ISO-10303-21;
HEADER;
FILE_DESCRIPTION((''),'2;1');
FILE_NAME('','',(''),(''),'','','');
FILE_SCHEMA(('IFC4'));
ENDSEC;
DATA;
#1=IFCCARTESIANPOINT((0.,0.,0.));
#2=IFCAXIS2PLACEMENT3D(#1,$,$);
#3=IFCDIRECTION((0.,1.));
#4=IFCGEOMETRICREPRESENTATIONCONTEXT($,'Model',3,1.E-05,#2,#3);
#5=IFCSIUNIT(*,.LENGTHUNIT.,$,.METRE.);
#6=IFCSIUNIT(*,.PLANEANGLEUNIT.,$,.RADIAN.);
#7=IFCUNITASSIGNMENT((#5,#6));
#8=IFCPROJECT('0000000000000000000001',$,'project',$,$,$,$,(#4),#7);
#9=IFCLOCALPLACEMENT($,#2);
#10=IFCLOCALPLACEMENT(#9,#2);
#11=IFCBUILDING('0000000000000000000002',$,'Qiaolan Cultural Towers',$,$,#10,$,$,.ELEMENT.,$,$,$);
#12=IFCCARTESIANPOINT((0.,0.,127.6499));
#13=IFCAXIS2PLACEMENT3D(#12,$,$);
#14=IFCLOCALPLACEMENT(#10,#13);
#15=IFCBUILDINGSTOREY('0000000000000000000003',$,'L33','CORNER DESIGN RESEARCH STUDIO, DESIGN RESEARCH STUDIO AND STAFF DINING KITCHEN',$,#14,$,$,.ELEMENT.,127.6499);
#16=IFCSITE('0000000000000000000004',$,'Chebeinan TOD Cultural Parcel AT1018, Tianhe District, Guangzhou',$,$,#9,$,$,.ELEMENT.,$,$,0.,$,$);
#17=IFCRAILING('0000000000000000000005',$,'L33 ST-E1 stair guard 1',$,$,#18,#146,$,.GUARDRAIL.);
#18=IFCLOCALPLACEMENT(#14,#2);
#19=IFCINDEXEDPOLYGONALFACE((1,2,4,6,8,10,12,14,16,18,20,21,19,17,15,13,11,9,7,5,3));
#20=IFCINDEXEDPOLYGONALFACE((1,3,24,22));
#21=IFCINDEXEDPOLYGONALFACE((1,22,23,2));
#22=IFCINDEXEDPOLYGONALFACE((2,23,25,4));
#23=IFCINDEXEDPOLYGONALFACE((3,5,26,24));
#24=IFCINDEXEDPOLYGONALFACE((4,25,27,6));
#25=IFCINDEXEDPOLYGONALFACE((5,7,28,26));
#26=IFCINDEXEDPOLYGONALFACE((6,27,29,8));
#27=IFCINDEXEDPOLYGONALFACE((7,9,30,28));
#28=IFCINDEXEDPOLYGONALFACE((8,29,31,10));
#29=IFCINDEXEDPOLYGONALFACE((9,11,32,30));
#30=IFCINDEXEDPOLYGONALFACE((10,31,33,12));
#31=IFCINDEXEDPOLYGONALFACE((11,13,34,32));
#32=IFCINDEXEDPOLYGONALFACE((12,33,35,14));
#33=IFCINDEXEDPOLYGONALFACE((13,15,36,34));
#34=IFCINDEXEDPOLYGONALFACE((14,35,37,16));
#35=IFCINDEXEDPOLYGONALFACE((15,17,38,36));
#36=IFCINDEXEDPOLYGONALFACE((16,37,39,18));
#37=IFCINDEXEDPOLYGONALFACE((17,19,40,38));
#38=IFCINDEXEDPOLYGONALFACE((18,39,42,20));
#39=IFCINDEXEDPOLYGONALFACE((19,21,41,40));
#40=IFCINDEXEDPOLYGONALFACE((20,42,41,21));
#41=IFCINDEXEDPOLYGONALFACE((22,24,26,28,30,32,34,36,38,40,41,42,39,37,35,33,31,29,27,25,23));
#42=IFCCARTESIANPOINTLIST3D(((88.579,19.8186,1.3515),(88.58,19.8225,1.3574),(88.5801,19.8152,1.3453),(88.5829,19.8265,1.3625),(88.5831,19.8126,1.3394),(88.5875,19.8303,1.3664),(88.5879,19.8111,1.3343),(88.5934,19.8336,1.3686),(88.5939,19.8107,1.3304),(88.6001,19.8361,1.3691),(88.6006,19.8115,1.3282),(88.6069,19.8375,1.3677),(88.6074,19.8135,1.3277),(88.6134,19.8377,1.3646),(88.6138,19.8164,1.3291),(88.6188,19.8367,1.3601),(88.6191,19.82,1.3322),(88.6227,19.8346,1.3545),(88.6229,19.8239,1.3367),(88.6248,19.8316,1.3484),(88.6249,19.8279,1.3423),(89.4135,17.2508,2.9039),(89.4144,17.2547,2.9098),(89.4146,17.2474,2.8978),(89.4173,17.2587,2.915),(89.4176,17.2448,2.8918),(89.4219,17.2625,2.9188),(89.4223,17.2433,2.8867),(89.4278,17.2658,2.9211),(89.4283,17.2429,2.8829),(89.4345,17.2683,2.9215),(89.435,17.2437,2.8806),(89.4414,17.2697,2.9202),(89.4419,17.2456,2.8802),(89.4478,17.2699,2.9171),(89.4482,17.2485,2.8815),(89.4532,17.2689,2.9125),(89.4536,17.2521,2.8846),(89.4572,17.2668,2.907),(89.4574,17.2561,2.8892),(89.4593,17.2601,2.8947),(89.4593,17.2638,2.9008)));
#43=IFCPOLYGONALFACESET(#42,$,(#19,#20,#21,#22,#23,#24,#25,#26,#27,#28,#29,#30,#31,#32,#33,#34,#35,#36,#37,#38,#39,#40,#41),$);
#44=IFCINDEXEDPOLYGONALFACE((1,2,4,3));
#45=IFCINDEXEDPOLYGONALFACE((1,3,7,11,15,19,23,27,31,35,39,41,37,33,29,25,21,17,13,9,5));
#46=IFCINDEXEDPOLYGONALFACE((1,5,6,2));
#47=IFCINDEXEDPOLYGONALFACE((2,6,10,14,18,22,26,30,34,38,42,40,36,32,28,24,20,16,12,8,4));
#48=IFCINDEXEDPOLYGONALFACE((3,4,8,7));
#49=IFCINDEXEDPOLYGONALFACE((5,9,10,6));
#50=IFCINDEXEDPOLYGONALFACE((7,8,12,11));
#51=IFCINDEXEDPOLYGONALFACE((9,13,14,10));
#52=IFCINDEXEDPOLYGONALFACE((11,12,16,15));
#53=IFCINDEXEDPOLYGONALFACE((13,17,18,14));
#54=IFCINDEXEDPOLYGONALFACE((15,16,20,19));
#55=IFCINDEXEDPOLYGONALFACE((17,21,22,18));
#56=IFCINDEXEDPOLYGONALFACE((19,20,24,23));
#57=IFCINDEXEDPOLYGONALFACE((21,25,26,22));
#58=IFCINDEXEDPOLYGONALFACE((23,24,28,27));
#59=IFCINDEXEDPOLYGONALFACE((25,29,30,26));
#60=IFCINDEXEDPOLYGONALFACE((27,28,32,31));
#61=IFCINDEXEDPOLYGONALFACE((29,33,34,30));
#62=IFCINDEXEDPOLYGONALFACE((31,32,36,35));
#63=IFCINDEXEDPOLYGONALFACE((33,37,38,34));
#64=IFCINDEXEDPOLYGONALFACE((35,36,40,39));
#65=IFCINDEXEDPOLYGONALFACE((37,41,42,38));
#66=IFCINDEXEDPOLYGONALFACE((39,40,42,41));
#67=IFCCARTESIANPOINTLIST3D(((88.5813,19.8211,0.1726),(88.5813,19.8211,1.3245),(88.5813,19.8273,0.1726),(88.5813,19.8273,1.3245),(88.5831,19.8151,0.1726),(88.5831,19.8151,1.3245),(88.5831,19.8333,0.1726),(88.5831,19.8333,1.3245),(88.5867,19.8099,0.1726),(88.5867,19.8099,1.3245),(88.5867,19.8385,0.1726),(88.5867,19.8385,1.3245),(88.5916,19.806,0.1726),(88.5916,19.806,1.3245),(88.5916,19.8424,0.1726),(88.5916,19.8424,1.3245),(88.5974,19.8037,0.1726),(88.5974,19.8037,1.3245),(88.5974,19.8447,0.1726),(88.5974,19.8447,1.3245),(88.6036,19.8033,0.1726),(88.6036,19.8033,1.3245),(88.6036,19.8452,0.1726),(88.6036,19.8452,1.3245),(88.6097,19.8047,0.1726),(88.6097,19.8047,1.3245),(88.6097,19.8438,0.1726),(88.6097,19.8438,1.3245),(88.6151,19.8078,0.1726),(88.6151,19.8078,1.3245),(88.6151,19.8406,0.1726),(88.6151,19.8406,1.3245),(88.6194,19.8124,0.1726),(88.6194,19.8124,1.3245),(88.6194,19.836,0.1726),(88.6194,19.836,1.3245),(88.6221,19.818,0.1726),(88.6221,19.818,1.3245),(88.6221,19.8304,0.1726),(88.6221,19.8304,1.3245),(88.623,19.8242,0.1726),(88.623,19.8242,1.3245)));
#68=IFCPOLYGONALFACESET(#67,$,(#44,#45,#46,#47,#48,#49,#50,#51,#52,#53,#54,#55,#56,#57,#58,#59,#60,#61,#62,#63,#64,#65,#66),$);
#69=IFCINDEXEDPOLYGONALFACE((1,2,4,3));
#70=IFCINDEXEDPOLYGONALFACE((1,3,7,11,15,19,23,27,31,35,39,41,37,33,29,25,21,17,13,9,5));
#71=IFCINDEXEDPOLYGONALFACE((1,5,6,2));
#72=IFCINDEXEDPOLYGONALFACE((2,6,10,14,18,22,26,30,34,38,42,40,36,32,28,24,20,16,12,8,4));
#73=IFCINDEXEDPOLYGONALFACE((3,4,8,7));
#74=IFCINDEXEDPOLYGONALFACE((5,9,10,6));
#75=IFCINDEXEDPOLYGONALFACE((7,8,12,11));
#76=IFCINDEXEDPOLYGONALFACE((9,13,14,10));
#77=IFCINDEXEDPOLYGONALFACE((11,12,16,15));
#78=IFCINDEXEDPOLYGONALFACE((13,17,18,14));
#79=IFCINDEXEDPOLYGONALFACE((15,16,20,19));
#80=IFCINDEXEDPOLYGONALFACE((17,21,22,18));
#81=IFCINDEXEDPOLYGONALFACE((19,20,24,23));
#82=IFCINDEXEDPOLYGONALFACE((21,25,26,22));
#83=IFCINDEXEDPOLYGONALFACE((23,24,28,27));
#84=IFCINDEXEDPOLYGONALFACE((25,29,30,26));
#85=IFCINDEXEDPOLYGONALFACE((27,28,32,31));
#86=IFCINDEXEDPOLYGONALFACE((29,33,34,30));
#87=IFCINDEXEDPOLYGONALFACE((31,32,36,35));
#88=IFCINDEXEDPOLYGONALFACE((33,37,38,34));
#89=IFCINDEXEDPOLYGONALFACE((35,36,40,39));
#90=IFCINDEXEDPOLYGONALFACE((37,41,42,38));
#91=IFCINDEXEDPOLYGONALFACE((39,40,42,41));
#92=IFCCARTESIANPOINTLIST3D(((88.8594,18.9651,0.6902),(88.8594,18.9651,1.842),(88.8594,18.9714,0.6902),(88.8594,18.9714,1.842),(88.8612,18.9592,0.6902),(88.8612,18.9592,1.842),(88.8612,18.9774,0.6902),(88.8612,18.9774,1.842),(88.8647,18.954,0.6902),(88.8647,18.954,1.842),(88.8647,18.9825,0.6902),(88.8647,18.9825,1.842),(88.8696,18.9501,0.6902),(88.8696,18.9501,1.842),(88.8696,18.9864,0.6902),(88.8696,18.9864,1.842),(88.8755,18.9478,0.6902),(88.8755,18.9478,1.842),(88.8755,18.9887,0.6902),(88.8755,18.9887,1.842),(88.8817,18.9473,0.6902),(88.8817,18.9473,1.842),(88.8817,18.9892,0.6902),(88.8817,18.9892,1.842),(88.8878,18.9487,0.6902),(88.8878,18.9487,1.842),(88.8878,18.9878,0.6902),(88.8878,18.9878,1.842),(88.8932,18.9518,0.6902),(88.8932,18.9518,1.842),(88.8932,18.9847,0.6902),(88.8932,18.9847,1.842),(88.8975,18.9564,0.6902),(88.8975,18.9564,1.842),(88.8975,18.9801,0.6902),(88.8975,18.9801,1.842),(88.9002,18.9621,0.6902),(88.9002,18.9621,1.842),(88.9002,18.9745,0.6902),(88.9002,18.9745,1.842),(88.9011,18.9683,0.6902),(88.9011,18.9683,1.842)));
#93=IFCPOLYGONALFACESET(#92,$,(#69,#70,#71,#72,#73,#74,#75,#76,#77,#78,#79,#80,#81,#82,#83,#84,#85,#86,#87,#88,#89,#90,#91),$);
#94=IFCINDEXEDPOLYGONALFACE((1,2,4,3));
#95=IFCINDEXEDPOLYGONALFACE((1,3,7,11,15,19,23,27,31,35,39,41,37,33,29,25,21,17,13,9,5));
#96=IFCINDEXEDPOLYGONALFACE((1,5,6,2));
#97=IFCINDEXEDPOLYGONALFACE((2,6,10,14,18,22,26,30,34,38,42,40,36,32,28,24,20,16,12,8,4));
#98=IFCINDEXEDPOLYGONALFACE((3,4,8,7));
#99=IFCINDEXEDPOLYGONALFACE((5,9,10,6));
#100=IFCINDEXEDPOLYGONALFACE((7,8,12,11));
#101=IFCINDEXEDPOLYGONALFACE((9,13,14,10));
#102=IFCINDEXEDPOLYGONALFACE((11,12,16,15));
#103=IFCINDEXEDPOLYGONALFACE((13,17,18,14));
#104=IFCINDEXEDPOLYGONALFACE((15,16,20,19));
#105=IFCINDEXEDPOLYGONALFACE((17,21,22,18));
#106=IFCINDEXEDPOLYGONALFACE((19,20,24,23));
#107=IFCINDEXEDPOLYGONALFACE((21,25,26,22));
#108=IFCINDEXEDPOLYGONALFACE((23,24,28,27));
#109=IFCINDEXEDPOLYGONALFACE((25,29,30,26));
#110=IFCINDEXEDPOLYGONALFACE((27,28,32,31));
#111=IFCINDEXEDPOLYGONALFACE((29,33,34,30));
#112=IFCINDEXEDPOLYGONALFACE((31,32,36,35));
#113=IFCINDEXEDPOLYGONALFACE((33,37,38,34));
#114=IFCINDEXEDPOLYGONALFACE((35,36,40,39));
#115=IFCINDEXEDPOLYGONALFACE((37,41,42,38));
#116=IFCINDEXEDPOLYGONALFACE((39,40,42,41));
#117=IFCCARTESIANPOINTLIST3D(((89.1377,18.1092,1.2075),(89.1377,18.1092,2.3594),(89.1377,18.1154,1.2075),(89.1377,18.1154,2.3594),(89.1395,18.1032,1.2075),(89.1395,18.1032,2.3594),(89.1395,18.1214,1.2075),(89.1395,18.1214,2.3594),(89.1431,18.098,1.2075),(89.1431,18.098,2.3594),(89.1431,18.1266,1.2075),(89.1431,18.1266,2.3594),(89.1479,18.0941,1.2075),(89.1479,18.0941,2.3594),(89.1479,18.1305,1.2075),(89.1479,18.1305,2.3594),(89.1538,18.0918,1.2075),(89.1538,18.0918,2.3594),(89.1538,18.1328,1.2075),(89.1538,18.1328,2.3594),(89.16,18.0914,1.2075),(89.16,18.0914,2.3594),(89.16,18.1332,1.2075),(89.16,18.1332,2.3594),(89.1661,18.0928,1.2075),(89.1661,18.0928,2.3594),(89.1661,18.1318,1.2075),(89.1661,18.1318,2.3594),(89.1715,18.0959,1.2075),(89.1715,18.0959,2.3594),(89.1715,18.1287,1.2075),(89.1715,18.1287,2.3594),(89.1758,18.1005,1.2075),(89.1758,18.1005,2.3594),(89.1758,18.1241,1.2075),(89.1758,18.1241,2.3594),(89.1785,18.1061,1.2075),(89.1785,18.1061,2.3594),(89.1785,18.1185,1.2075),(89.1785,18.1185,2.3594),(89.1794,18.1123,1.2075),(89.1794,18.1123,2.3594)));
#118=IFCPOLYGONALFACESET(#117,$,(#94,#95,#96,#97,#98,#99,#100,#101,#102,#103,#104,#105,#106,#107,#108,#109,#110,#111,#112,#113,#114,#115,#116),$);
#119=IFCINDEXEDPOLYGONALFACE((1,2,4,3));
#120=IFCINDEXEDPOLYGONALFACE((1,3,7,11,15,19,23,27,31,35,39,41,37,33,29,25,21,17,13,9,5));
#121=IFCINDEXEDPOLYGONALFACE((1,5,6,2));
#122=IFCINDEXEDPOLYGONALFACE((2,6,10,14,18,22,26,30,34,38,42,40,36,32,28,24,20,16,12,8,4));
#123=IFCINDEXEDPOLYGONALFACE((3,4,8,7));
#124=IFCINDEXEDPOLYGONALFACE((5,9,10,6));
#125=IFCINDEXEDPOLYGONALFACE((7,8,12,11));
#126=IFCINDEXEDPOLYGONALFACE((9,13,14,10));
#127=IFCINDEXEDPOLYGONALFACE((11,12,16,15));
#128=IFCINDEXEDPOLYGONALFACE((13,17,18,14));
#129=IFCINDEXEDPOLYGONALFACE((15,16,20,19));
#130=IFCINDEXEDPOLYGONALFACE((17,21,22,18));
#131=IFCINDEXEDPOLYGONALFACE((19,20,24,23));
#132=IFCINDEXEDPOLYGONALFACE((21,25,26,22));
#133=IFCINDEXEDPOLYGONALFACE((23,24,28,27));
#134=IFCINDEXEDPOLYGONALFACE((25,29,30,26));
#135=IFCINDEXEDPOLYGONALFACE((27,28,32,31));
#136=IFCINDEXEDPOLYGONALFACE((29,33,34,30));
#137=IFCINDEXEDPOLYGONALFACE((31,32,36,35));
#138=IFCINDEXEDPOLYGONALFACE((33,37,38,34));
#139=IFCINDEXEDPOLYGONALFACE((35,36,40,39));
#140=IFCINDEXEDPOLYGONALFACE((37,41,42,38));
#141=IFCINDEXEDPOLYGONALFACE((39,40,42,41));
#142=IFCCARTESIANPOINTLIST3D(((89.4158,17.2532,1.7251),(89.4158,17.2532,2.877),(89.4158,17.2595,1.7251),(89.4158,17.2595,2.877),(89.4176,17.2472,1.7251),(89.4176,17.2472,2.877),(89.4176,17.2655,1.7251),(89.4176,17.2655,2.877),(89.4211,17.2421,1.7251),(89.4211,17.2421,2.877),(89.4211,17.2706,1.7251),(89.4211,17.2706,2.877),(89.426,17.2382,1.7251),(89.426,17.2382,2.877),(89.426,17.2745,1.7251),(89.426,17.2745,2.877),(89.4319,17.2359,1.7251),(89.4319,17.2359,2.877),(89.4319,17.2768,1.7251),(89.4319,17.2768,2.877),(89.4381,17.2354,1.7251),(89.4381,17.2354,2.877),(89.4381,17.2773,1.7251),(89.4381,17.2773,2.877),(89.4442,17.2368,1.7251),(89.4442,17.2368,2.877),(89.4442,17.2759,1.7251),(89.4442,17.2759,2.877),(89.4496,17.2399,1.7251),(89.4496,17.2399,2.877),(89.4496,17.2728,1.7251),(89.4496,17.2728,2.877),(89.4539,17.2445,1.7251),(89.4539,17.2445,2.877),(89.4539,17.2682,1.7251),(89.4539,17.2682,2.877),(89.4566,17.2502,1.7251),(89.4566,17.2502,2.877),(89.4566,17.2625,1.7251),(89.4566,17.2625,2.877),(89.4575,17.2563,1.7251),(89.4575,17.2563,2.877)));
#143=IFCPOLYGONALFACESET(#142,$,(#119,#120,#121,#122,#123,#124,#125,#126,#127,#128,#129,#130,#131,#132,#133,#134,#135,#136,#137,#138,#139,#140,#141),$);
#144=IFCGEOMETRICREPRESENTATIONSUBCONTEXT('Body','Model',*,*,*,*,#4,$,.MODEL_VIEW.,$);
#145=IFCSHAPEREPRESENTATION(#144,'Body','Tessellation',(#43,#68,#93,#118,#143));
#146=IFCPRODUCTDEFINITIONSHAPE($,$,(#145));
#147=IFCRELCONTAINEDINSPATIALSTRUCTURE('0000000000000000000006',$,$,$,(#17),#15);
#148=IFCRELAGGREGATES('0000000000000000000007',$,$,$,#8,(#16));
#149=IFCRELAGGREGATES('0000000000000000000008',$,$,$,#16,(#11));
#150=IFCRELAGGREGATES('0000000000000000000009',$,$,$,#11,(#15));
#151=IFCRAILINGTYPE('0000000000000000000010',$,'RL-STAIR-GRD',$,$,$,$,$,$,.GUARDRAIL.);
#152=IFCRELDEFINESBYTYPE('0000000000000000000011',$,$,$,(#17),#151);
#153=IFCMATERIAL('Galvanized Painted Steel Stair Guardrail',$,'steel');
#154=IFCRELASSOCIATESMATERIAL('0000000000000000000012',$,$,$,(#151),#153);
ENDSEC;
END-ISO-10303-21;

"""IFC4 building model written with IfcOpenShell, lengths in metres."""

from ifc_helpers import new_model, si_unit, direction, frame, origin, origin_2d, place, context, subcontext, project, spatial, circle, extrude, material, type_object, element, save


model = new_model("IFC4")

# Units and contexts
model_context = context("Model", 3, precision=1e-05, world=origin(), true_north=direction((0.0, 1.0)))
body_context = subcontext(model_context, "Body", "Model", "MODEL_VIEW")
ifc_project = project(units=[si_unit("LENGTHUNIT", "METRE"), si_unit("PLANEANGLEUNIT", "RADIAN")], contexts=[model_context])

# Site, building, storey
site_placement = place(None, origin())
site = spatial("IfcSite", under=ifc_project, at=site_placement, Name="Chebeinan TOD Cultural Parcel AT1018, Tianhe District, Guangzhou", CompositionType="ELEMENT", RefElevation=0.0)
building_placement = place(site_placement, origin())
building = spatial("IfcBuilding", under=site, at=building_placement, Name="Qiaolan Cultural Towers", CompositionType="ELEMENT")
storey_placement = place(building_placement, frame((0.0, 0.0, 127.6499)))
storey = spatial("IfcBuildingStorey", under=building, at=storey_placement, Name="L33", Description="CORNER DESIGN RESEARCH STUDIO, DESIGN RESEARCH STUDIO AND STAFF DINING KITCHEN", CompositionType="ELEMENT", Elevation=127.6499)

# Railing
ifc_material_1 = material(Name="Galvanized Painted Steel Stair Guardrail", Category="steel")
railing_type_1 = type_object("IfcRailingType", Name="RL-STAIR-GRD", PredefinedType="GUARDRAIL", material=ifc_material_1)
railing_1_placement = place(storey_placement, frame((88.6021, 19.8242, 0.1726)))
element("IfcRailing", 1, at=railing_1_placement, inside=storey, type_object=railing_type_1, Name="L33 ST-E1 stair guard 1", PredefinedType="GUARDRAIL", context=body_context, shape_type="SweptSolid", body=[
    extrude(circle(Radius=0.0239, at=origin_2d()), frame((0.0, 0.0, 1.1758), z_axis=(0.267926, -0.824471, 0.498461), x_axis=(0.951043, 0.309057, 0.0)), (0.0, 0.0, 1.0), 3.1145),
    extrude(circle(Radius=0.021, at=origin_2d()), origin(), (0.0, 0.0, 1.0), 1.1519),
    extrude(circle(Radius=0.021, at=origin_2d()), frame((0.2781, -0.856, 0.5176)), (0.0, 0.0, 1.0), 1.1519),
    extrude(circle(Radius=0.021, at=origin_2d()), frame((0.5564, -1.7119, 1.0349)), (0.0, 0.0, 1.0), 1.1519),
    extrude(circle(Radius=0.021, at=origin_2d()), frame((0.8345, -2.5679, 1.5525)), (0.0, 0.0, 1.0), 1.1519),
])

save(model, "model.ifc")
